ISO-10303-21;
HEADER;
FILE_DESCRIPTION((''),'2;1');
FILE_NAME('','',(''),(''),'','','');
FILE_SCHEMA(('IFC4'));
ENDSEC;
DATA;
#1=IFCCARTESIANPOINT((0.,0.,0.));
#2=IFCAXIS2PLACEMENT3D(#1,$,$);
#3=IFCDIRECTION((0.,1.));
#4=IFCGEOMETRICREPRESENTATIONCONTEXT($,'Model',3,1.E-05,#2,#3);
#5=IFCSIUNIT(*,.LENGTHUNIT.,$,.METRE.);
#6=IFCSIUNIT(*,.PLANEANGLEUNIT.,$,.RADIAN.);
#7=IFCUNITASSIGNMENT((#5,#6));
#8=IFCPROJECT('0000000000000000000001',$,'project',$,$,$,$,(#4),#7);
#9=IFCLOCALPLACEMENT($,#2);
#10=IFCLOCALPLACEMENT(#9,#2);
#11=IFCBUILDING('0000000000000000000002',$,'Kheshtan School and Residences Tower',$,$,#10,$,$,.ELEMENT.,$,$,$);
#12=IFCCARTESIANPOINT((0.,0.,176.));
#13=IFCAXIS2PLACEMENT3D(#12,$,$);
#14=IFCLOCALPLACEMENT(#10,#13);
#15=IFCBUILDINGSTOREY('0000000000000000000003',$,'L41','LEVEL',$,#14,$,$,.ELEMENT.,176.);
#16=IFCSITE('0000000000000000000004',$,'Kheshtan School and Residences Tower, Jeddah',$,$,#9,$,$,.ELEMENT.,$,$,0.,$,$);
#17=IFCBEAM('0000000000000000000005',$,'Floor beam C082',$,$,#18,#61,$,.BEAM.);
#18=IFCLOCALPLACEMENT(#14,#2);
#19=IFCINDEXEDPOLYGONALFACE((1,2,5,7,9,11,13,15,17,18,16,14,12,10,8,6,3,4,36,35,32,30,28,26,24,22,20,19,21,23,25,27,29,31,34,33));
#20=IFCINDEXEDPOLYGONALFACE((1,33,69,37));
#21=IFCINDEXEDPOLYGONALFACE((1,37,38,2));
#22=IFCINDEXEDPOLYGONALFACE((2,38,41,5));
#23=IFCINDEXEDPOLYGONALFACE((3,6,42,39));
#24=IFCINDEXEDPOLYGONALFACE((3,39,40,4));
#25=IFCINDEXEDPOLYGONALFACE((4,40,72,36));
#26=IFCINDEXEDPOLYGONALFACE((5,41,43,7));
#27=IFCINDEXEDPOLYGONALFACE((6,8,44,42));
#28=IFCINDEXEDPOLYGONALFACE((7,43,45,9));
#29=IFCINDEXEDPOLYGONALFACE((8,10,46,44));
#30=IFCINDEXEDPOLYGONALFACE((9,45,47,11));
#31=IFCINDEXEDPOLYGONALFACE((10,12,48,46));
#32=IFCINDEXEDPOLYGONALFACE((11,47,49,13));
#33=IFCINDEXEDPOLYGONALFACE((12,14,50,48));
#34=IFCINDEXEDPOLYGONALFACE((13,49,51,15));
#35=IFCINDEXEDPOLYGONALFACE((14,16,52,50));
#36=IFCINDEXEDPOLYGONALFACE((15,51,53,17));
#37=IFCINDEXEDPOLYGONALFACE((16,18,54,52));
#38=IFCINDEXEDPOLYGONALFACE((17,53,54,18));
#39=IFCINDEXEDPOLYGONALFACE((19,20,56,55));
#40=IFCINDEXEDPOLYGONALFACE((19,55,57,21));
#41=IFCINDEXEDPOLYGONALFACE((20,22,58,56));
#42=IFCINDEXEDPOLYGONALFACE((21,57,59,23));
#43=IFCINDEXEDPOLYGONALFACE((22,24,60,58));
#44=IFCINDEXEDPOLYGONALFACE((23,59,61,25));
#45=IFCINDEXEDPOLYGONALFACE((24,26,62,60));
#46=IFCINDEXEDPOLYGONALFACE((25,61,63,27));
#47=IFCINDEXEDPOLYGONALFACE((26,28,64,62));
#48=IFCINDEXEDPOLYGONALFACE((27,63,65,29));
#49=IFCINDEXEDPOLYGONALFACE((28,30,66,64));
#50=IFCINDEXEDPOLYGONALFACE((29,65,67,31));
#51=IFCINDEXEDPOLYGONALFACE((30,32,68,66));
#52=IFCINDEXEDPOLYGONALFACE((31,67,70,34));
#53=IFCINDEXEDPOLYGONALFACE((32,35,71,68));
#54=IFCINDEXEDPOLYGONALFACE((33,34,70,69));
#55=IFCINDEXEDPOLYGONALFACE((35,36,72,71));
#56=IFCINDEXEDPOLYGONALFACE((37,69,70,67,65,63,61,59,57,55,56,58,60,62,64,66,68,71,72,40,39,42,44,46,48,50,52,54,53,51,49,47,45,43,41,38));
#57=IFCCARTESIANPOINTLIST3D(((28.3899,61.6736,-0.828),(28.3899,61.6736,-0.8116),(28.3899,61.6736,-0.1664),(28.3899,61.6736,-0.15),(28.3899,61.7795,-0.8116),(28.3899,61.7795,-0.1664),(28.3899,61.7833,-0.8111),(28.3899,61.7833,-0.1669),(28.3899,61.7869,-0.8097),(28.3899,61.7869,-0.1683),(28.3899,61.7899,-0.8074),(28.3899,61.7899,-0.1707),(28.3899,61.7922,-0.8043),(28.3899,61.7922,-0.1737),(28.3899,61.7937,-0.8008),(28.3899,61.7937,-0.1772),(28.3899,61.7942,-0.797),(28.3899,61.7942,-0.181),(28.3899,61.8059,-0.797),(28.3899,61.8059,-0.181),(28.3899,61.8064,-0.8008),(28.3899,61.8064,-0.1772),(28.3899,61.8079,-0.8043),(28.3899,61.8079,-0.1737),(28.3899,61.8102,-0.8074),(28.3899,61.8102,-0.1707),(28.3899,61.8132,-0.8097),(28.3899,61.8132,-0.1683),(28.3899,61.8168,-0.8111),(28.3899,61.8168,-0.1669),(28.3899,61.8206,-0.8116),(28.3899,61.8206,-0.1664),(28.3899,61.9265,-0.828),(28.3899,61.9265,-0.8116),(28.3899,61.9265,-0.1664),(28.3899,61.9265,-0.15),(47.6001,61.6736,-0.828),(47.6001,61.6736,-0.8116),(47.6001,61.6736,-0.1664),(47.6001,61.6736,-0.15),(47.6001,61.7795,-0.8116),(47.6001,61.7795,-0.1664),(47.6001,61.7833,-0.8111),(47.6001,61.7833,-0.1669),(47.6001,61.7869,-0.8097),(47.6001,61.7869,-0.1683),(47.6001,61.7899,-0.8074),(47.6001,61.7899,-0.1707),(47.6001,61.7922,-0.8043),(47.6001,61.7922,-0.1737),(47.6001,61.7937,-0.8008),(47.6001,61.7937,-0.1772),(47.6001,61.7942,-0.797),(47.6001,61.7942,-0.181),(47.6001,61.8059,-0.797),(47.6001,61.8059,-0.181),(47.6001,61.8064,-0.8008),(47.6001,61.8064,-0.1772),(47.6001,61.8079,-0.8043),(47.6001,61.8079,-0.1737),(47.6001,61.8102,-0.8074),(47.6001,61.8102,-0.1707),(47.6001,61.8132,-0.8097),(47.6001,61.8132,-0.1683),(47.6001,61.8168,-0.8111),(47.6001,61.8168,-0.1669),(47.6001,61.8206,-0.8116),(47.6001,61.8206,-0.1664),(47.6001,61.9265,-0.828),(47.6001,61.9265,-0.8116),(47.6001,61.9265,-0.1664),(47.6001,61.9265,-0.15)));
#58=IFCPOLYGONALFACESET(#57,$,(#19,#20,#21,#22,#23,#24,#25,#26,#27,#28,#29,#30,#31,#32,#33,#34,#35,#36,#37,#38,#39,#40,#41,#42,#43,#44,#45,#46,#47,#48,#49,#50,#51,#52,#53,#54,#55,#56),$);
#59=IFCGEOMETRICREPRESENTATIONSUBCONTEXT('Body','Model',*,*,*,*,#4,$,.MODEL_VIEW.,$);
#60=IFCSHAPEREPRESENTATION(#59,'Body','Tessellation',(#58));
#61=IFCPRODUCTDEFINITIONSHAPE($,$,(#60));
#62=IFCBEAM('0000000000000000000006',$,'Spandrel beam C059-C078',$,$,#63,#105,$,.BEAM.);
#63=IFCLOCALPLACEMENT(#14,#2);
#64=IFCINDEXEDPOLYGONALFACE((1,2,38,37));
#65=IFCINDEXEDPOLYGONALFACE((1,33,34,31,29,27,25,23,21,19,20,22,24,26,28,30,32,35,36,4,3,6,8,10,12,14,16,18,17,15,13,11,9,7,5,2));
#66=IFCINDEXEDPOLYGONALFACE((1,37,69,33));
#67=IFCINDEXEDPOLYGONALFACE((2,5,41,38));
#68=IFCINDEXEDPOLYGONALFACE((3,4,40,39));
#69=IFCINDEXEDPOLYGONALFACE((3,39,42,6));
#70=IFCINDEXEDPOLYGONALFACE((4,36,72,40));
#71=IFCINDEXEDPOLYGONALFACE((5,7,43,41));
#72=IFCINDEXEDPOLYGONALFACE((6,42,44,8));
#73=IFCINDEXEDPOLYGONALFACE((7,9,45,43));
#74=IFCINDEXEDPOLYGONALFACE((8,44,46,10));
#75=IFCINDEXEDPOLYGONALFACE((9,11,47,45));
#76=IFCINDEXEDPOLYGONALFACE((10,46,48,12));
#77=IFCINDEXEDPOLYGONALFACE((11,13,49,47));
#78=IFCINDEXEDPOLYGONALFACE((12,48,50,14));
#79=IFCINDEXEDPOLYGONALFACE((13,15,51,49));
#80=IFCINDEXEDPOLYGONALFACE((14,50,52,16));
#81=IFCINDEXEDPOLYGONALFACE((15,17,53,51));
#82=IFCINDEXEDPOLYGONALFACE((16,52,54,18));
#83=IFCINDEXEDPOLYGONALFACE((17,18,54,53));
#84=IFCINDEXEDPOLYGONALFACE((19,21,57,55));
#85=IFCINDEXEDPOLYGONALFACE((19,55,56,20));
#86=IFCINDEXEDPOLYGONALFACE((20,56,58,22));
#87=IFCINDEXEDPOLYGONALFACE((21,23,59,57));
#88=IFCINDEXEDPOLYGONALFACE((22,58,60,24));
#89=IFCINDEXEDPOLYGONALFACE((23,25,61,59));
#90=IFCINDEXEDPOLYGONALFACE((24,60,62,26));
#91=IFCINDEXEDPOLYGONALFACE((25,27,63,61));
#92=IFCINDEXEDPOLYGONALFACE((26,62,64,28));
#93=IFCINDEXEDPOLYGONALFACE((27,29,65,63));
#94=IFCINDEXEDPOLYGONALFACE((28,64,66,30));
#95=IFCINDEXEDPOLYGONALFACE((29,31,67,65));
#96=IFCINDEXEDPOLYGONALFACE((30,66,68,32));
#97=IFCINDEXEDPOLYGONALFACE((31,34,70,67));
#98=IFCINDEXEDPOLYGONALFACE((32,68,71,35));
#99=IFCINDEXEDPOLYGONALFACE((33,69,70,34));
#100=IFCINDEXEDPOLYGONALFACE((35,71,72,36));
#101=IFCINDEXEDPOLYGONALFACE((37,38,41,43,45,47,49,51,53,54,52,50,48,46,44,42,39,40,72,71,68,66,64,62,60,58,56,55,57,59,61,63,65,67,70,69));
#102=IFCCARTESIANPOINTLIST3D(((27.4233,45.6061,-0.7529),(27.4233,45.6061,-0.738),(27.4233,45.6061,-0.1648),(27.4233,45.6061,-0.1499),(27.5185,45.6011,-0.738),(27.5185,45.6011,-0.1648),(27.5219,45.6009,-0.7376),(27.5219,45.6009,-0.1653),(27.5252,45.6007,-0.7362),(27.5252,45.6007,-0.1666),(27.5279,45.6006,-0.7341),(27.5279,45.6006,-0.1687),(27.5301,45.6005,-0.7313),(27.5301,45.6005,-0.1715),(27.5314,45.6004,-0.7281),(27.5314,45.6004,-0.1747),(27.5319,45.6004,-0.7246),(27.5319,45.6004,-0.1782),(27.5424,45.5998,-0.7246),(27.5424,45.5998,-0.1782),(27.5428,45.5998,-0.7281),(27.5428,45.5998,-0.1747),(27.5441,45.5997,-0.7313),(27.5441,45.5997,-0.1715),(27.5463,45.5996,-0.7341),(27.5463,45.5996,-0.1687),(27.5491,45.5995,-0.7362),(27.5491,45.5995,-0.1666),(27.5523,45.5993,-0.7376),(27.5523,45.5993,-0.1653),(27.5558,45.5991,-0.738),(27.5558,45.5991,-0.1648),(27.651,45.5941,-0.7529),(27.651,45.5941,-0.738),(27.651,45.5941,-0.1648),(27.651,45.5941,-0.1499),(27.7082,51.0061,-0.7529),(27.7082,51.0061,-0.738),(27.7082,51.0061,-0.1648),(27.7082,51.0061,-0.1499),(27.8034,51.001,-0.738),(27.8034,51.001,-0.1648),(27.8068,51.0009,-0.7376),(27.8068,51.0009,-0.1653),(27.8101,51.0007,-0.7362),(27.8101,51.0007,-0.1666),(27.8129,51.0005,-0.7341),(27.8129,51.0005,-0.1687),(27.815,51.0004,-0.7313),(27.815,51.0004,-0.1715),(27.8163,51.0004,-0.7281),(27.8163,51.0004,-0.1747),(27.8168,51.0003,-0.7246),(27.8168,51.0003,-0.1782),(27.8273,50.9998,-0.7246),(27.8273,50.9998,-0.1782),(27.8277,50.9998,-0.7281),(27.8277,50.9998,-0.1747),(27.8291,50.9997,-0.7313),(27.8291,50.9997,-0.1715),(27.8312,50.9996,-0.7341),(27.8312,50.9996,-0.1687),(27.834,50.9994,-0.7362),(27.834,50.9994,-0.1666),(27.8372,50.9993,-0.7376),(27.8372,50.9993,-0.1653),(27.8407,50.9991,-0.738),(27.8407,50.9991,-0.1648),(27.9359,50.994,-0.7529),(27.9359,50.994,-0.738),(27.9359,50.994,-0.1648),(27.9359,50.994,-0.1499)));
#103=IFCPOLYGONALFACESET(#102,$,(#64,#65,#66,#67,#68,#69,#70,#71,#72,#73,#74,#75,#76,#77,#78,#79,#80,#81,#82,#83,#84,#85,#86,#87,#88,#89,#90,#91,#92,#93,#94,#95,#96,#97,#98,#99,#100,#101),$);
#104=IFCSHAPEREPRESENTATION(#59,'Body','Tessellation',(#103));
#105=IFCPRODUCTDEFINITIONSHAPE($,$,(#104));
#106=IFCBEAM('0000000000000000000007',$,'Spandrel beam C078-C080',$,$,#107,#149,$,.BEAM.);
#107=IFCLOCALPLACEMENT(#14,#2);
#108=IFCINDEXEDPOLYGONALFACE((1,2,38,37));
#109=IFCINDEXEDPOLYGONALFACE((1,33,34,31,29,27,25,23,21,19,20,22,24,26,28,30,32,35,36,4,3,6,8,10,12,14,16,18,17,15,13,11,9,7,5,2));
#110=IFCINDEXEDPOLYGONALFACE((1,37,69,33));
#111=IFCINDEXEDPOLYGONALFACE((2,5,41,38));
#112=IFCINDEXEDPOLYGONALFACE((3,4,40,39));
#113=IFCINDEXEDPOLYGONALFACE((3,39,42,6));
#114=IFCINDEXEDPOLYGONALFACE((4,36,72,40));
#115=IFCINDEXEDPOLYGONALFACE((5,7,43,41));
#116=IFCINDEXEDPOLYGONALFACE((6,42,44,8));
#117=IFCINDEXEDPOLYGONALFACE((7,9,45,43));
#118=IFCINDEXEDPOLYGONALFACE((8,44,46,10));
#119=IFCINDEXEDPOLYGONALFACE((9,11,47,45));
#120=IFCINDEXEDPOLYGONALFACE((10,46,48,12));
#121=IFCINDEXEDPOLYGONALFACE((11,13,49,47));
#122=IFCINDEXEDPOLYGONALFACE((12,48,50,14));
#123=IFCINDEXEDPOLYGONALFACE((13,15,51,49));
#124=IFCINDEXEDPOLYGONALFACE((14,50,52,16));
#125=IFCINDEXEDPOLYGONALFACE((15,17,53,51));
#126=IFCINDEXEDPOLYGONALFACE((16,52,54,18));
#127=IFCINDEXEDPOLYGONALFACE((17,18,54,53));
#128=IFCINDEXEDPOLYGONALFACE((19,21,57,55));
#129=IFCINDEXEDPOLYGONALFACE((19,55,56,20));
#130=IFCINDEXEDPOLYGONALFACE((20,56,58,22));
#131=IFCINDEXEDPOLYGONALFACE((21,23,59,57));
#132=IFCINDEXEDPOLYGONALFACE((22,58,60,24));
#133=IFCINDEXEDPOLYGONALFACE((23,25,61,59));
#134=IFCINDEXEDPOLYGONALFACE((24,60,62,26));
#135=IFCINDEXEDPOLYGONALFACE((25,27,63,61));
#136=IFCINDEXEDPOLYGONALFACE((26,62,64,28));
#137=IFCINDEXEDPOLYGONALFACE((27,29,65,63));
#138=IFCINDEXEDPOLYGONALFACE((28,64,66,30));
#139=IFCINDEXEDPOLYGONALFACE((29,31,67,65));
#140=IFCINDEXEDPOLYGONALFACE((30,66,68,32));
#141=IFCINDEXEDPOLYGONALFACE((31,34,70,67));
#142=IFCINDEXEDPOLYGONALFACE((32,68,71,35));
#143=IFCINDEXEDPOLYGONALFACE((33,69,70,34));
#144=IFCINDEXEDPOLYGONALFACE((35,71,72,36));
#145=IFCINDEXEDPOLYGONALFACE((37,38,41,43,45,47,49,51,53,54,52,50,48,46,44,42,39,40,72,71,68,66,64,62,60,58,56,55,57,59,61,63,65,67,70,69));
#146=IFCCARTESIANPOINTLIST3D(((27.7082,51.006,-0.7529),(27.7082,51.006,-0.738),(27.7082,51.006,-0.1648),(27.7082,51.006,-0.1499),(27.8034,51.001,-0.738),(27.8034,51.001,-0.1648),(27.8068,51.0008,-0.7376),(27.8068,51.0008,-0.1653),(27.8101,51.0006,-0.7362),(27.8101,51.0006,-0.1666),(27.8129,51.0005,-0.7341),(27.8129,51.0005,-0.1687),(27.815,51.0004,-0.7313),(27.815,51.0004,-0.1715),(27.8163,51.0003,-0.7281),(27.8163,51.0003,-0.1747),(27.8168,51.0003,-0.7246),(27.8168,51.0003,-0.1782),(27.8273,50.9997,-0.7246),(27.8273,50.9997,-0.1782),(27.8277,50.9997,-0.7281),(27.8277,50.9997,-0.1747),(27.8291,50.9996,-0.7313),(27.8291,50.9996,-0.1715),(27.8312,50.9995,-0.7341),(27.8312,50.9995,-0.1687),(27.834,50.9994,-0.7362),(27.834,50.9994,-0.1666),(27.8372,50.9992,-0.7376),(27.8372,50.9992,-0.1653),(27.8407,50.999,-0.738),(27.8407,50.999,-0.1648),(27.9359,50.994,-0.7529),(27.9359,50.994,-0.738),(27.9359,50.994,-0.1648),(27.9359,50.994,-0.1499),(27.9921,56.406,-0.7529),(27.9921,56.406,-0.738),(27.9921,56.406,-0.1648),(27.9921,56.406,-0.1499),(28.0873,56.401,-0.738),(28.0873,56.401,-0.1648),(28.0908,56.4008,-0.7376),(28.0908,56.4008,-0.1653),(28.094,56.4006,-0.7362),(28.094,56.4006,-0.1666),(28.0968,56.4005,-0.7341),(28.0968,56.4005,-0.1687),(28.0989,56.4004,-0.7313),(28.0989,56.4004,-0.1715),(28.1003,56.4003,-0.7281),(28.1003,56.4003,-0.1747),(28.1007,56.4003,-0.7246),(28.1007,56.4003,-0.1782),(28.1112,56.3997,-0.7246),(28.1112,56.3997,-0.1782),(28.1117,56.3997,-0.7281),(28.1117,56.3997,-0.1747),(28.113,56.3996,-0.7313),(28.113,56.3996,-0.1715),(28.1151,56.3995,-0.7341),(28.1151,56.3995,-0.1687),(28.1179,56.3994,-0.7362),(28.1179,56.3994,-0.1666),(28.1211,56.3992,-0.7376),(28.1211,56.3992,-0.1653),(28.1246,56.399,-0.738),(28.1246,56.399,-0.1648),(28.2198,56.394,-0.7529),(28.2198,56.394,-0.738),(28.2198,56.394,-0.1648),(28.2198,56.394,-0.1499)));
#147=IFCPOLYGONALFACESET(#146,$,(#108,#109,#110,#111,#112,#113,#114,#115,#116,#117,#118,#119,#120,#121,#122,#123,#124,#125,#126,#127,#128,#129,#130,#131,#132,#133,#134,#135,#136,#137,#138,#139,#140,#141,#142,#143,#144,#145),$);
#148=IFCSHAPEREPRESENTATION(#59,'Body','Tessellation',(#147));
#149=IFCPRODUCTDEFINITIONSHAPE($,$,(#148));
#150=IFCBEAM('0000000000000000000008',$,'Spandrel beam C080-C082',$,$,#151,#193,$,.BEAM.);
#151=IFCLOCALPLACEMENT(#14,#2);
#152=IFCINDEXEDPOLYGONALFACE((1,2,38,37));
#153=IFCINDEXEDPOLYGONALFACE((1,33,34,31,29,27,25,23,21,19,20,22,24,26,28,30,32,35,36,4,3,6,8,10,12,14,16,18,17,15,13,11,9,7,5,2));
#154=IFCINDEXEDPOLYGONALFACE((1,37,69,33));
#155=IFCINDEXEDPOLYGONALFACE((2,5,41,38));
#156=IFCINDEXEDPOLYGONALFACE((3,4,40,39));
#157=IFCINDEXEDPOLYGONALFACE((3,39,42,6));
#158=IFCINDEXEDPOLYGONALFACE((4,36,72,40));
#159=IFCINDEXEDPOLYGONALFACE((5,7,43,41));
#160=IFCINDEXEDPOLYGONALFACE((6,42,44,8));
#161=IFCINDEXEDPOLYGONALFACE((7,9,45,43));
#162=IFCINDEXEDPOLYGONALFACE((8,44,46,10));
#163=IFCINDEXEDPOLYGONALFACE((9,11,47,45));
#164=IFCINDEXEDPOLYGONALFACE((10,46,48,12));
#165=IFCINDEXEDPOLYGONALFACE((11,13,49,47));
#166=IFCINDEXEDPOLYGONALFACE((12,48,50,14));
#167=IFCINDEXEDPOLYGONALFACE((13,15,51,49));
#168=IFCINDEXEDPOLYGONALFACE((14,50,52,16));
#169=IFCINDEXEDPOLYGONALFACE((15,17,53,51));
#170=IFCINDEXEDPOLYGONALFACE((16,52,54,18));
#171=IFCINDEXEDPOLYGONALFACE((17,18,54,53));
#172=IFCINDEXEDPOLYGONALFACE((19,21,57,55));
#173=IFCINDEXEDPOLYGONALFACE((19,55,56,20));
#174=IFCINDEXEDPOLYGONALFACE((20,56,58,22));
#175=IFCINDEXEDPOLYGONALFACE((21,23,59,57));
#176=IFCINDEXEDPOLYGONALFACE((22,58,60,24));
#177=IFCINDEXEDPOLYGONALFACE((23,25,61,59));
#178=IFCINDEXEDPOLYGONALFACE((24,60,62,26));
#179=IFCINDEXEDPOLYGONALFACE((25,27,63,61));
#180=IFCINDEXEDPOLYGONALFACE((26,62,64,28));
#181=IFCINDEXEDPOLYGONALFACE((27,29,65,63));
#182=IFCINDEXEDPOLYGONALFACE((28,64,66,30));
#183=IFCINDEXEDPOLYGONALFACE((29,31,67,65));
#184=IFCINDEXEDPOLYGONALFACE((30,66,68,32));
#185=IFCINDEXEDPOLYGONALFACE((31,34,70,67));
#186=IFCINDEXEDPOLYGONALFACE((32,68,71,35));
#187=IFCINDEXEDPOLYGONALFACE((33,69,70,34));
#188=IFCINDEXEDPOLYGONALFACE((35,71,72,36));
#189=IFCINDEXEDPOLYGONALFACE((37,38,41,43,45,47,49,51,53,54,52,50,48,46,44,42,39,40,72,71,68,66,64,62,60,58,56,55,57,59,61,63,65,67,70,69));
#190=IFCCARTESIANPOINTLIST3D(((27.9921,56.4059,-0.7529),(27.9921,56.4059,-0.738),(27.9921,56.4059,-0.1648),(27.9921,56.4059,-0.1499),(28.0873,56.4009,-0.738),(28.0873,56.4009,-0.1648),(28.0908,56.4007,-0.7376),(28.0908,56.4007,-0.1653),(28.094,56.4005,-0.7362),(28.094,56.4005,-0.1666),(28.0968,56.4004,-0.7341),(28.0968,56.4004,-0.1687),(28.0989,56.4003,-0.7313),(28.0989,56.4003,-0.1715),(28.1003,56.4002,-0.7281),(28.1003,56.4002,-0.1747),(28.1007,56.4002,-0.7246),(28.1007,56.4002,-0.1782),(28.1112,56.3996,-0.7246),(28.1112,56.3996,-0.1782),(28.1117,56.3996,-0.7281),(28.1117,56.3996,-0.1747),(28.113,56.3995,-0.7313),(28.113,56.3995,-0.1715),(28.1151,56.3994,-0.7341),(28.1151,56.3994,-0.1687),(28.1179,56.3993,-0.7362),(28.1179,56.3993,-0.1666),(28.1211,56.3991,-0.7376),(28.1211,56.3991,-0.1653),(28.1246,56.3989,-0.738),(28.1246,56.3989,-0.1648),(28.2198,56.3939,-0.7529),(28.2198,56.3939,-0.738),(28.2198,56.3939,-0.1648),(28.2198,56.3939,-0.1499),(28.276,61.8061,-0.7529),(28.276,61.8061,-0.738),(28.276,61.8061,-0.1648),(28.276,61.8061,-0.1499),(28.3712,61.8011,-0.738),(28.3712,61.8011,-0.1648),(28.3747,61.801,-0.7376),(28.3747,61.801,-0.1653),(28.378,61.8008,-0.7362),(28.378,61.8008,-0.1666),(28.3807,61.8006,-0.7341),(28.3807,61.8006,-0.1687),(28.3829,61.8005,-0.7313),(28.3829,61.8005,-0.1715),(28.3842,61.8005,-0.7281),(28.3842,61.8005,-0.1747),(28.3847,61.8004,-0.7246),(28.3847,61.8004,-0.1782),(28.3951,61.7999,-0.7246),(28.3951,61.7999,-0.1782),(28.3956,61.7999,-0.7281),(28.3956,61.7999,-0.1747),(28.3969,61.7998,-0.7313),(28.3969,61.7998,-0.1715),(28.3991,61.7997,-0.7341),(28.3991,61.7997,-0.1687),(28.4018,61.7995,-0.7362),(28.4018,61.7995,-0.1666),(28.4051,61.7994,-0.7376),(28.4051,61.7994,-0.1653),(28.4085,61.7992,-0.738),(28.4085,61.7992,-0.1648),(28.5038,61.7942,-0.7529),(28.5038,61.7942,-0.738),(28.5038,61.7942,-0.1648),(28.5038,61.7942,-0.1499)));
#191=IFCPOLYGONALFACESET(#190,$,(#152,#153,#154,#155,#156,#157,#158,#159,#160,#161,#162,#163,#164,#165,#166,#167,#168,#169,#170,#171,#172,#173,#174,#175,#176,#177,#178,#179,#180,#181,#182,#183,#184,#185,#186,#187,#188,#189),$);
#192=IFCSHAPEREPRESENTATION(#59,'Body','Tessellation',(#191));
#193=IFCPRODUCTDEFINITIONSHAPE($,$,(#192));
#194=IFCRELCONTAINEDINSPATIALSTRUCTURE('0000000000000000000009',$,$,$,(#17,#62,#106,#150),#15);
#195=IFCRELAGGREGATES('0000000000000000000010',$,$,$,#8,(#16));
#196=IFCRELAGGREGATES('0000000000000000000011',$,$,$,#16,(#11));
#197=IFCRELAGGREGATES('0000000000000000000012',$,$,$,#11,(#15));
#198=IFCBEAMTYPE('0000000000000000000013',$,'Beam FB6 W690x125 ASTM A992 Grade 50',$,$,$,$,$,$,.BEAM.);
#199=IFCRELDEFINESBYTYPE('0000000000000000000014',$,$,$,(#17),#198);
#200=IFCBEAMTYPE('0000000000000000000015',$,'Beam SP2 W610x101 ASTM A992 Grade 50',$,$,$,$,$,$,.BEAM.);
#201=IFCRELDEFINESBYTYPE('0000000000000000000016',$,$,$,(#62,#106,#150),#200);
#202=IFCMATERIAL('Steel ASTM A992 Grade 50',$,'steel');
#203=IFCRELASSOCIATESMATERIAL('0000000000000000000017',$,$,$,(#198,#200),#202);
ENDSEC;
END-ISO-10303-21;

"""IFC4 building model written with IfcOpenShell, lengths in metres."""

from ifc_helpers import new_model, si_unit, direction, frame, origin, origin_2d, place, context, subcontext, project, spatial, i_section, extrude, material, material_profile, profile_set, type_object, element, save


model = new_model("IFC4")

# Units and contexts
model_context = context("Model", 3, precision=1e-05, world=origin(), true_north=direction((0.0, 1.0)))
body_context = subcontext(model_context, "Body", "Model", "MODEL_VIEW")
ifc_project = project(units=[si_unit("LENGTHUNIT", "METRE"), si_unit("PLANEANGLEUNIT", "RADIAN")], contexts=[model_context])

# Site, building, storey
site_placement = place(None, origin())
site = spatial("IfcSite", under=ifc_project, at=site_placement, Name="Kheshtan School and Residences Tower, Jeddah", CompositionType="ELEMENT", RefElevation=0.0)
building_placement = place(site_placement, origin())
building = spatial("IfcBuilding", under=site, at=building_placement, Name="Kheshtan School and Residences Tower", CompositionType="ELEMENT")
storey_placement = place(building_placement, frame((0.0, 0.0, 176.0)))
storey = spatial("IfcBuildingStorey", under=building, at=storey_placement, Name="L41", Description="LEVEL", CompositionType="ELEMENT", Elevation=176.0)

# Shared definitions
ifc_material_1 = material(Name="Steel ASTM A992 Grade 50", Category="steel")

# Beams
ifc_material_profile_1 = material_profile(ifc_material_1, i_section(OverallWidth=0.2529, OverallDepth=0.678, WebThickness=0.0117, FlangeThickness=0.0164, FilletRadius=0.0146, at=origin_2d()), Name="W690x125")
ifc_profile_set_1 = profile_set([ifc_material_profile_1], Name="Steel ASTM A992 Grade 50")
beam_type_1 = type_object("IfcBeamType", Name="Beam FB6 W690x125 ASTM A992 Grade 50", PredefinedType="BEAM", material=ifc_profile_set_1)
beam_1_placement = place(storey_placement, frame((28.3899, 61.8, -0.489), z_axis=(1.0, 0.0, 0.0), x_axis=(0.0, 1.0, 0.0)))
element("IfcBeam", 1, at=beam_1_placement, inside=storey, type_object=beam_type_1, Name="Floor beam C082", PredefinedType="BEAM", context=body_context, shape_type="SweptSolid", body=[
    extrude(i_section(OverallWidth=0.2529, OverallDepth=0.678, WebThickness=0.0117, FlangeThickness=0.0164, FilletRadius=0.0146, at=origin_2d()), origin(), (0.0, 0.0, 1.0), 19.2102),
])
ifc_material_profile_2 = material_profile(ifc_material_1, i_section(OverallWidth=0.228, OverallDepth=0.603, WebThickness=0.0105, FlangeThickness=0.0149, FilletRadius=0.0134, at=origin_2d()), Name="W610x101")
ifc_profile_set_2 = profile_set([ifc_material_profile_2], Name="Steel ASTM A992 Grade 50")
beam_type_2 = type_object("IfcBeamType", Name="Beam SP2 W610x101 ASTM A992 Grade 50", PredefinedType="BEAM", material=ifc_profile_set_2)
for number, where, z_axis, x_axis, name in (
    (2, (27.5371, 45.6001, -0.4514), (0.052689, 0.998611, 0.0), (-0.998611, 0.052689, 0.0), "Spandrel beam C059-C078"),
    (3, (27.822, 51.0, -0.4514), (0.052509, 0.99862, 0.0), (-0.99862, 0.052509, 0.0), "Spandrel beam C078-C080"),
):
    element("IfcBeam", number, at=place(storey_placement, frame(where, z_axis=z_axis, x_axis=x_axis)), inside=storey, type_object=beam_type_2, Name=name, PredefinedType="BEAM", context=body_context, shape_type="SweptSolid", body=[
        extrude(i_section(OverallWidth=0.228, OverallDepth=0.603, WebThickness=0.0105, FlangeThickness=0.0149, FilletRadius=0.0134, at=origin_2d()), origin(), (0.0, 0.0, 1.0), 5.4075),
    ])
beam_2_placement = place(storey_placement, frame((28.106, 56.3999, -0.4514), z_axis=(0.052507, 0.998621, 0.0), x_axis=(-0.998621, 0.052507, 0.0)))
element("IfcBeam", 4, at=beam_2_placement, inside=storey, type_object=beam_type_2, Name="Spandrel beam C080-C082", PredefinedType="BEAM", context=body_context, shape_type="SweptSolid", body=[
    extrude(i_section(OverallWidth=0.228, OverallDepth=0.603, WebThickness=0.0105, FlangeThickness=0.0149, FilletRadius=0.0134, at=origin_2d()), origin(), (0.0, 0.0, 1.0), 5.4077),
])

save(model, "model.ifc")
